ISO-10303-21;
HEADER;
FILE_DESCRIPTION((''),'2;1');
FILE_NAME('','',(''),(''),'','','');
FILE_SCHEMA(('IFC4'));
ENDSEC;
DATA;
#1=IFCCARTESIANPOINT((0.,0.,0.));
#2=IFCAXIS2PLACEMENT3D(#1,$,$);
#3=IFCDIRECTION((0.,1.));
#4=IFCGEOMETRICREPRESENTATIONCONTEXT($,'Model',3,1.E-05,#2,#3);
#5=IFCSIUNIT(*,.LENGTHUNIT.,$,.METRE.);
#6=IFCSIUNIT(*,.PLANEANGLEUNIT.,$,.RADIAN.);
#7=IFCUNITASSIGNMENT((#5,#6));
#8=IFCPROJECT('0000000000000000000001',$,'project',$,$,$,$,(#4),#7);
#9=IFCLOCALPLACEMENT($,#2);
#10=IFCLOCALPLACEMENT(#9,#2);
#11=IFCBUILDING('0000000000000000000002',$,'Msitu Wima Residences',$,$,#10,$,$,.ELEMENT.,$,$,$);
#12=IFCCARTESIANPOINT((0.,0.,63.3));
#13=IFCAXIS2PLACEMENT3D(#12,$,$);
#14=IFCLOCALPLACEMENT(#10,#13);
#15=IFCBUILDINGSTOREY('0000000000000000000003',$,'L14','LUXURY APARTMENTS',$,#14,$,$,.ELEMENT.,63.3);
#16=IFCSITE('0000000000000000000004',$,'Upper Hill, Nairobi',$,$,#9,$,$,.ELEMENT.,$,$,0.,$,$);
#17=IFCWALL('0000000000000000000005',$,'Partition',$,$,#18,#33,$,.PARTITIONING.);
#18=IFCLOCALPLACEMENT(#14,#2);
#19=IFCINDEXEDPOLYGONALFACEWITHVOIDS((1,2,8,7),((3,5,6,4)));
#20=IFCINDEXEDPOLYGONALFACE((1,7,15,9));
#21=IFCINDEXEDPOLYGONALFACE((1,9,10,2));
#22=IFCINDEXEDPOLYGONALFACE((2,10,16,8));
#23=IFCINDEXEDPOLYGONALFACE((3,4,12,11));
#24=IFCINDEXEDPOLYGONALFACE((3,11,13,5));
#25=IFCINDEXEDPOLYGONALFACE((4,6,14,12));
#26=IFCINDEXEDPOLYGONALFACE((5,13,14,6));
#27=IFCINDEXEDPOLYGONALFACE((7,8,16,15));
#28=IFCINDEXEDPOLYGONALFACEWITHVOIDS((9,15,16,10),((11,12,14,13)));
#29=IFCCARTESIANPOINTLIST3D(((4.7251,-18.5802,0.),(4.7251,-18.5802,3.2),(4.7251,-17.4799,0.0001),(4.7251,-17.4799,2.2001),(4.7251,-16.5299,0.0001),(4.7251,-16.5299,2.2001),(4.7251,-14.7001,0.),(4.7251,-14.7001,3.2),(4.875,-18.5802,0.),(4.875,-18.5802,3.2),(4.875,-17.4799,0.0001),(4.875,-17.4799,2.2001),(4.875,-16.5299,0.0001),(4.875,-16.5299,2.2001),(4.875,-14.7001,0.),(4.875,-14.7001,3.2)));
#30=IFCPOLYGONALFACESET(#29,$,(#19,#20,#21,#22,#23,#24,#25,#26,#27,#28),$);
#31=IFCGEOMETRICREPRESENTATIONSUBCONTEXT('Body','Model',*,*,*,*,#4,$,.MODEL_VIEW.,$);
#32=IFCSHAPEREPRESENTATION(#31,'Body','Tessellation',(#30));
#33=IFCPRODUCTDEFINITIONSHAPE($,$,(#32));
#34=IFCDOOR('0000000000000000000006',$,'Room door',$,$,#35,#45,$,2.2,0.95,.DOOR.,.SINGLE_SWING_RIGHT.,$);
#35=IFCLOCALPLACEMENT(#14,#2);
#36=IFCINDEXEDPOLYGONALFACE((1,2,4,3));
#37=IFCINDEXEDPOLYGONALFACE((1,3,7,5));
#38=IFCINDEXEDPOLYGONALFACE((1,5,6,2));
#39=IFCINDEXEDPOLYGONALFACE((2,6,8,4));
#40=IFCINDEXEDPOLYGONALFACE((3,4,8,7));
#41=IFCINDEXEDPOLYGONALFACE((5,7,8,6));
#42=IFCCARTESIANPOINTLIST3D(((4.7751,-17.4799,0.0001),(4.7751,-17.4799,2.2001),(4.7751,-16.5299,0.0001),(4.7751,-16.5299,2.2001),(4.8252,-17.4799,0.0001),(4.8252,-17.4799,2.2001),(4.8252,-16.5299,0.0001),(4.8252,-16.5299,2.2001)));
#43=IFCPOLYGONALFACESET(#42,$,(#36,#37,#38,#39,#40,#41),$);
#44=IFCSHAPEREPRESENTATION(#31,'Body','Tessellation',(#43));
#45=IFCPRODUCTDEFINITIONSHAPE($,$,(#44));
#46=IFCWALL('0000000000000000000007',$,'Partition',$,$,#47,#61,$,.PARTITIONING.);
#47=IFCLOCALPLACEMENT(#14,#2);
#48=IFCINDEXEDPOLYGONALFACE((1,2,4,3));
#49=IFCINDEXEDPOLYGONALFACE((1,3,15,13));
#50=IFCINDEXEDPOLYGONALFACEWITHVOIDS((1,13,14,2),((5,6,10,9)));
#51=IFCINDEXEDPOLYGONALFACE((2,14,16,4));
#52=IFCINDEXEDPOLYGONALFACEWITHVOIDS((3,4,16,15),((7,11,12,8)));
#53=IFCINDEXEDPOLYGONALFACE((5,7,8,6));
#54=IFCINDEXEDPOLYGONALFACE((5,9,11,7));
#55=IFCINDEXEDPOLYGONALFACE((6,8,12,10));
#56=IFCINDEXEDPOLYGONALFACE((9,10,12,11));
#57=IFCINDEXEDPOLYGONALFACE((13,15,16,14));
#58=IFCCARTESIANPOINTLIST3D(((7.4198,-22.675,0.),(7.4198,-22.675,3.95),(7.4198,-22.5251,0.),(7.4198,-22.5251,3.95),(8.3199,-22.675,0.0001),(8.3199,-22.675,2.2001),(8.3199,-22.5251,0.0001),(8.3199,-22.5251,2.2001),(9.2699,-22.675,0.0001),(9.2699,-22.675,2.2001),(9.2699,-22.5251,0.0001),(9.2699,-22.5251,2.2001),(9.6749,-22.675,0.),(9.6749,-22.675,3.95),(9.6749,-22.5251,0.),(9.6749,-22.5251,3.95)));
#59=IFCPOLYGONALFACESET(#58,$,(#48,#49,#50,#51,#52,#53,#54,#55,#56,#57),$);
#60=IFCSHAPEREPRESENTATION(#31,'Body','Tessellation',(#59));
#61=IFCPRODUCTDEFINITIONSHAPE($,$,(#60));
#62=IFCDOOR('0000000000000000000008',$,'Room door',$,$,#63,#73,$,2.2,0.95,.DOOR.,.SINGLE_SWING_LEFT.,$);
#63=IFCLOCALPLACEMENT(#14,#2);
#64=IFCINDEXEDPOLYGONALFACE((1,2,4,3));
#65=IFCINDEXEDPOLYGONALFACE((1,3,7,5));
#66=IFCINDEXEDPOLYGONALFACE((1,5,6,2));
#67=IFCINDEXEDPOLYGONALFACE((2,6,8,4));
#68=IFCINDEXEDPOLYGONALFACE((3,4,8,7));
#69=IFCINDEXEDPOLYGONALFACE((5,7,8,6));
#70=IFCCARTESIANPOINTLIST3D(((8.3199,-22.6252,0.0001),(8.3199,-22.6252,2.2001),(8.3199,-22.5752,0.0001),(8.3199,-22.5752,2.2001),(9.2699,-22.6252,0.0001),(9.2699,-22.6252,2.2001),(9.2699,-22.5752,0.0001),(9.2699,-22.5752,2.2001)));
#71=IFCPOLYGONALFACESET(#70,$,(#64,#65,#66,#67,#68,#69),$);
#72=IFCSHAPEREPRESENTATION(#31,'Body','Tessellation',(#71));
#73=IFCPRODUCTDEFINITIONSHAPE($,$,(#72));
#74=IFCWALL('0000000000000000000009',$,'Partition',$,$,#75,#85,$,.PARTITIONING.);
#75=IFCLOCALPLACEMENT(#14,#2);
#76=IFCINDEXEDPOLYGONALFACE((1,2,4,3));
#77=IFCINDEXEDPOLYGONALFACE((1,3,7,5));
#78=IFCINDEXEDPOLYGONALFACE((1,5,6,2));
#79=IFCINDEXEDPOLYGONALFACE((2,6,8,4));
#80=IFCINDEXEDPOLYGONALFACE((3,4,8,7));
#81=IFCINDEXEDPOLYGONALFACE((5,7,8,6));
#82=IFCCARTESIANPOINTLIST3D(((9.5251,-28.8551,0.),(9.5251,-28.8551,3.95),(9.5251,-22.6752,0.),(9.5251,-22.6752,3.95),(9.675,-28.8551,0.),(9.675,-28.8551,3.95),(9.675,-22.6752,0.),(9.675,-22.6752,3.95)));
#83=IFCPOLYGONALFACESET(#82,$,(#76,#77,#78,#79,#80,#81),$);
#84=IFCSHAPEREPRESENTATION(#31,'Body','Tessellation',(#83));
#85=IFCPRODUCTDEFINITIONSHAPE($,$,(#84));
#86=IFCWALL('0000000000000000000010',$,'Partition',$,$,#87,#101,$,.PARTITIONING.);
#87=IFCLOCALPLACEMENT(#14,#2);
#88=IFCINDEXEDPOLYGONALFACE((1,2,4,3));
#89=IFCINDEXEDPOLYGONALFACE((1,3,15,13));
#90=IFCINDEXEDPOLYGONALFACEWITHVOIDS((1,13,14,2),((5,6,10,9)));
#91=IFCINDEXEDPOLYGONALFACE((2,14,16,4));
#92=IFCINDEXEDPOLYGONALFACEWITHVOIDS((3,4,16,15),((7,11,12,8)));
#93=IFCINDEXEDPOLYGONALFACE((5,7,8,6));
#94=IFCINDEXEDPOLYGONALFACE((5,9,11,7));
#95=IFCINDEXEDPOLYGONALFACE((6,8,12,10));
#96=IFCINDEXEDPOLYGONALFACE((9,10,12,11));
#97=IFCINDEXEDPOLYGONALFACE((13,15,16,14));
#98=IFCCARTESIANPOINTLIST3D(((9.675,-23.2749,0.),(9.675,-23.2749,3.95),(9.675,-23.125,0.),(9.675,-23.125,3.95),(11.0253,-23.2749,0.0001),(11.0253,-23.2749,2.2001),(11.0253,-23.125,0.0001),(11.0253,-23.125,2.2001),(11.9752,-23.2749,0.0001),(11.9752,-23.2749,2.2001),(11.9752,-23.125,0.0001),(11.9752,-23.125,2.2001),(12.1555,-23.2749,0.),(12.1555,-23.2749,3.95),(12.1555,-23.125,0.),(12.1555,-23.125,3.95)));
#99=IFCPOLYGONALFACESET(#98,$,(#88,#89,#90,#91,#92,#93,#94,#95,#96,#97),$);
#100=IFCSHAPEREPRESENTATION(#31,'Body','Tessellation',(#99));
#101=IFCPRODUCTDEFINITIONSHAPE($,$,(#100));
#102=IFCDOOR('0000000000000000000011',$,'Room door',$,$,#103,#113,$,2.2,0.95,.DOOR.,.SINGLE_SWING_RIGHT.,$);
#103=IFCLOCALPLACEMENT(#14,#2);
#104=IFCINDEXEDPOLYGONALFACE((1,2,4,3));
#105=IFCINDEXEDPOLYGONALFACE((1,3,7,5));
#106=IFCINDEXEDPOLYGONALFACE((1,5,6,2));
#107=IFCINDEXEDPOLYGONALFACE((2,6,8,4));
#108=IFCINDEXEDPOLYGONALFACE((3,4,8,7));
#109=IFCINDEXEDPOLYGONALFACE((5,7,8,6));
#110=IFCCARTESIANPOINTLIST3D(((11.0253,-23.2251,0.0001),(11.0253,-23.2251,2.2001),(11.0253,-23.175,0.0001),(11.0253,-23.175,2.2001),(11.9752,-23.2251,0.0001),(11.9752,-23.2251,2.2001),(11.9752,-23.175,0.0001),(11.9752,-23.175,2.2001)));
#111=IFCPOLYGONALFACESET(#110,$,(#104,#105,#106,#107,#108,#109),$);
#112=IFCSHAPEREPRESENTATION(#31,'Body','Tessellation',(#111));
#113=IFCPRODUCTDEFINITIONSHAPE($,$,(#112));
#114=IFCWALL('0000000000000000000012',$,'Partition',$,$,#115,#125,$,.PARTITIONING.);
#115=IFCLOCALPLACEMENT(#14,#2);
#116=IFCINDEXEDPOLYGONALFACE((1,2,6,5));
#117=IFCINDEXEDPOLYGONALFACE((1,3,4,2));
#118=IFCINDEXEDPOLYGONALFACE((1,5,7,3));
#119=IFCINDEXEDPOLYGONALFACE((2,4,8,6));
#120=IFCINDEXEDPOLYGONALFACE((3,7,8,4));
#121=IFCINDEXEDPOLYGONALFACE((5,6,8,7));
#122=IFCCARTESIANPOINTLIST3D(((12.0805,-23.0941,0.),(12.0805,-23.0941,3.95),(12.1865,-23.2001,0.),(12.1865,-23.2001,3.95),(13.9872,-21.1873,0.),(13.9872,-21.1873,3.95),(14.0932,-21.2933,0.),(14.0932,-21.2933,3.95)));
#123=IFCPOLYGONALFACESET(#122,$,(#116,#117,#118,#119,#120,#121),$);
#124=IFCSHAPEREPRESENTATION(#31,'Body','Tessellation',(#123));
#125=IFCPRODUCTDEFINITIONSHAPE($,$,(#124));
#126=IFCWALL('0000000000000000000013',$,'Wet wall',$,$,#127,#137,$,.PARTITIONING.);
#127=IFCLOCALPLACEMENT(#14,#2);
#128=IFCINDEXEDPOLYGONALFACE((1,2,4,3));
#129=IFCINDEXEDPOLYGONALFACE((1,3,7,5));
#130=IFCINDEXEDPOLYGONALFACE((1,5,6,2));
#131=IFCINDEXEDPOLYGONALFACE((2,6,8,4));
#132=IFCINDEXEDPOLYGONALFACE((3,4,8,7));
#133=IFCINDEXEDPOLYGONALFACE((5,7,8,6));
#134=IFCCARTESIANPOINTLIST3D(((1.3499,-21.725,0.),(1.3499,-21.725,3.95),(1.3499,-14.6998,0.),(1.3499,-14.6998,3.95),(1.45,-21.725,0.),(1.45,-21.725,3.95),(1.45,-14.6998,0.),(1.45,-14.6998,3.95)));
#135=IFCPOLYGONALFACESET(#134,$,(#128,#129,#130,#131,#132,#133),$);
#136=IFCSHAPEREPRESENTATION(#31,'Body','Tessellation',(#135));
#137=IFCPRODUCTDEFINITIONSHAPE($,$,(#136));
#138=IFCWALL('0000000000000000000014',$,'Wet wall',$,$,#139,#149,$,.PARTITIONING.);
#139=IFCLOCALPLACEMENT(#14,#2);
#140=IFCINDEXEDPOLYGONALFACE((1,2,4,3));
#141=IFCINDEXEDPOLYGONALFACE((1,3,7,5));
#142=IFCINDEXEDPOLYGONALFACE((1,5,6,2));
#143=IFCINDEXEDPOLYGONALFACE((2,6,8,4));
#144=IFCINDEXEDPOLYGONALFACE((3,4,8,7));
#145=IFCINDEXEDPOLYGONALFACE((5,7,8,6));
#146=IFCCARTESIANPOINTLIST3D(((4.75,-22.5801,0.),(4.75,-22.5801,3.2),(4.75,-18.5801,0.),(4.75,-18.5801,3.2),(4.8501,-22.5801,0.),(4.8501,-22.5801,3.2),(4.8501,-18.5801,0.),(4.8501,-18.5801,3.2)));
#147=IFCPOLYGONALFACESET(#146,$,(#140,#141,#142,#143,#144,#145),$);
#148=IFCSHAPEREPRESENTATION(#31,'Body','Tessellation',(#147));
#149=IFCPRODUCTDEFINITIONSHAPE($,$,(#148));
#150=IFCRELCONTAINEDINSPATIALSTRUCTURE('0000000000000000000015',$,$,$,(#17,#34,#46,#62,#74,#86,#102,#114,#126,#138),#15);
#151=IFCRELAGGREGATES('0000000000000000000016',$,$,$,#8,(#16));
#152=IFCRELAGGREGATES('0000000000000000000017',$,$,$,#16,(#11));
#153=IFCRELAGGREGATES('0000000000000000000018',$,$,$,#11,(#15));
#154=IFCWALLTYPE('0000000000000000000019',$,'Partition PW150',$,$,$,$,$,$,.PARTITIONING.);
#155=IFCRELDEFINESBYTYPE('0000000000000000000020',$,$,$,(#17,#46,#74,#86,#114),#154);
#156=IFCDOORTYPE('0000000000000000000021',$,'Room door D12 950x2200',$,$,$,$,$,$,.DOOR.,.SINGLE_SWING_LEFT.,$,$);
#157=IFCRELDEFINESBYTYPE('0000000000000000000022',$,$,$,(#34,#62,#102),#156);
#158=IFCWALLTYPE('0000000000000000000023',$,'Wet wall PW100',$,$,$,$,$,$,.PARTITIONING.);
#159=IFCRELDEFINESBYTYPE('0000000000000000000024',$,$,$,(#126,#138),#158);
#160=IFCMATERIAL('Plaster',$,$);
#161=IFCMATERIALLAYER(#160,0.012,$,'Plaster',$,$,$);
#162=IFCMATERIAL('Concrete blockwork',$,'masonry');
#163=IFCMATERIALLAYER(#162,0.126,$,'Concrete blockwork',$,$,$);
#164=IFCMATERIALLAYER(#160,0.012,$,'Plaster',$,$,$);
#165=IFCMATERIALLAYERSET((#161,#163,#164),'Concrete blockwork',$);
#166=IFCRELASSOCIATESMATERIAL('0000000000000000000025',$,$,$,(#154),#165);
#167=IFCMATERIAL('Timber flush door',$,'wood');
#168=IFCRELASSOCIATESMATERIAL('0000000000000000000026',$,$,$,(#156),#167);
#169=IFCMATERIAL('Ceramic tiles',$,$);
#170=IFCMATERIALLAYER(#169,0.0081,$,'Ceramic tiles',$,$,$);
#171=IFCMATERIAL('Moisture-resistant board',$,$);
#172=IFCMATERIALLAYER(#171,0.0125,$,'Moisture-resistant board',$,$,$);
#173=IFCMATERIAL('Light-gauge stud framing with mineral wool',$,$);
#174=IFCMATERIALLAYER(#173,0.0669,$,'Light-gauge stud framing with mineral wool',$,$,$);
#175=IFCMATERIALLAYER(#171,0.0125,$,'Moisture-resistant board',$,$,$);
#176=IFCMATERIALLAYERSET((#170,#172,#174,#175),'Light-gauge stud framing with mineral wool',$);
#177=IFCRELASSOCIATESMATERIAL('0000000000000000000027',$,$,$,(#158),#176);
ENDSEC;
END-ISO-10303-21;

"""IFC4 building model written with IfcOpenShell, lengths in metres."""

from ifc_helpers import new_model, si_unit, direction, frame, frame_2d, origin, place, context, subcontext, project, spatial, rectangle, extrude, material, layer, layer_set, type_object, element, fill, save


model = new_model("IFC4")

# Units and contexts
model_context = context("Model", 3, precision=1e-05, world=origin(), true_north=direction((0.0, 1.0)))
body_context = subcontext(model_context, "Body", "Model", "MODEL_VIEW")
ifc_project = project(units=[si_unit("LENGTHUNIT", "METRE"), si_unit("PLANEANGLEUNIT", "RADIAN")], contexts=[model_context])

# Site, building, storey
site_placement = place(None, origin())
site = spatial("IfcSite", under=ifc_project, at=site_placement, Name="Upper Hill, Nairobi", CompositionType="ELEMENT", RefElevation=0.0)
building_placement = place(site_placement, origin())
building = spatial("IfcBuilding", under=site, at=building_placement, Name="Msitu Wima Residences", CompositionType="ELEMENT")
storey_placement = place(building_placement, frame((0.0, 0.0, 63.3)))
storey = spatial("IfcBuildingStorey", under=building, at=storey_placement, Name="L14", Description="LUXURY APARTMENTS", CompositionType="ELEMENT", Elevation=63.3)

# Shared definitions
ifc_material_1 = material(Name="Plaster")
ifc_layer_1 = layer(ifc_material_1, 0.012, Name="Plaster")
ifc_material_2 = material(Name="Concrete blockwork", Category="masonry")
ifc_layer_2 = layer(ifc_material_2, 0.126, Name="Concrete blockwork")
ifc_layer_3 = layer(ifc_material_1, 0.012, Name="Plaster")
ifc_layer_set_1 = layer_set([ifc_layer_1, ifc_layer_2, ifc_layer_3], Name="Concrete blockwork")
wall_type_1 = type_object("IfcWallType", Name="Partition PW150", PredefinedType="PARTITIONING", material=ifc_layer_set_1)

# Walls, openings, doors
ifc_material_3 = material(Name="Timber flush door", Category="wood")
door_type_1 = type_object("IfcDoorType", Name="Room door D12 950x2200", OperationType="SINGLE_SWING_LEFT", PredefinedType="DOOR", material=ifc_material_3)
wall_1_placement = place(storey_placement, frame((4.8, -18.5801, 0.0), z_axis=(0.0, 0.0, 1.0), x_axis=(0.0, 1.0, 0.0)))
wall_1 = element("IfcWall", 1, at=wall_1_placement, inside=storey, type_object=wall_type_1, Name="Partition", PredefinedType="PARTITIONING", context=body_context, shape_type="SweptSolid", body=[
    extrude(rectangle(XDim=3.8801, YDim=0.1499, at=frame_2d((1.9399, 0.0))), origin(), (0.0, 0.0, 1.0), 3.2),
])
opening_1_placement = place(wall_1_placement, frame((1.1001, 0.0, 0.0)))
opening_1 = element("IfcOpeningElement", 2, at=opening_1_placement, cuts=wall_1, PredefinedType="OPENING", context=body_context, shape_type="SweptSolid", body=[
    extrude(rectangle(XDim=0.95, YDim=2.2, at=frame_2d((0.4751, 1.1001))), frame((0.0, 0.085, 0.0), z_axis=(0.0, -1.0, 0.0), x_axis=(1.0, 0.0, 0.0)), (0.0, 0.0, 1.0), 0.1699),
])
door_1_placement = place(opening_1_placement, origin())
door_1 = element("IfcDoor", 3, at=door_1_placement, inside=storey, type_object=door_type_1, Name="Room door", OperationType="SINGLE_SWING_RIGHT", OverallHeight=2.2, OverallWidth=0.95, PredefinedType="DOOR", context=body_context, shape_type="SweptSolid", body=[
    extrude(rectangle(XDim=0.95, YDim=2.2, at=frame_2d((0.4751, 1.1001))), frame((0.0, 0.0249, 0.0), z_axis=(0.0, -1.0, 0.0), x_axis=(1.0, 0.0, 0.0)), (0.0, 0.0, 1.0), 0.05),
])
fill(opening_1, door_1)
wall_2_placement = place(storey_placement, frame((7.4199, -22.6001, 0.0), z_axis=(0.0, 0.0, 1.0), x_axis=(1.0, 0.0, 0.0)))
wall_2 = element("IfcWall", 4, at=wall_2_placement, inside=storey, type_object=wall_type_1, Name="Partition", PredefinedType="PARTITIONING", context=body_context, shape_type="SweptSolid", body=[
    extrude(rectangle(XDim=2.2551, YDim=0.1499, at=frame_2d((1.1274, 0.0))), origin(), (0.0, 0.0, 1.0), 3.95),
])
opening_2_placement = place(wall_2_placement, frame((0.8999, 0.0, 0.0)))
opening_2 = element("IfcOpeningElement", 5, at=opening_2_placement, cuts=wall_2, PredefinedType="OPENING", context=body_context, shape_type="SweptSolid", body=[
    extrude(rectangle(XDim=0.95, YDim=2.2, at=frame_2d((0.4751, 1.1001))), frame((0.0, 0.085, 0.0), z_axis=(0.0, -1.0, 0.0), x_axis=(1.0, 0.0, 0.0)), (0.0, 0.0, 1.0), 0.1699),
])
door_2_placement = place(opening_2_placement, origin())
door_2 = element("IfcDoor", 6, at=door_2_placement, inside=storey, type_object=door_type_1, Name="Room door", OperationType="SINGLE_SWING_LEFT", OverallHeight=2.2, OverallWidth=0.95, PredefinedType="DOOR", context=body_context, shape_type="SweptSolid", body=[
    extrude(rectangle(XDim=0.95, YDim=2.2, at=frame_2d((0.4751, 1.1001))), frame((0.0, 0.0249, 0.0), z_axis=(0.0, -1.0, 0.0), x_axis=(1.0, 0.0, 0.0)), (0.0, 0.0, 1.0), 0.05),
])
fill(opening_2, door_2)

# Wall
wall_3_placement = place(storey_placement, frame((9.6001, -28.855, 0.0), z_axis=(0.0, 0.0, 1.0), x_axis=(0.0, 1.0, 0.0)))
element("IfcWall", 7, at=wall_3_placement, inside=storey, type_object=wall_type_1, Name="Partition", PredefinedType="PARTITIONING", context=body_context, shape_type="SweptSolid", body=[
    extrude(rectangle(XDim=6.1799, YDim=0.1499, at=frame_2d((3.0898, 0.0))), origin(), (0.0, 0.0, 1.0), 3.95),
])

# Wall, opening, door
wall_4_placement = place(storey_placement, frame((9.675, -23.2, 0.0), z_axis=(0.0, 0.0, 1.0), x_axis=(1.0, 0.0, 0.0)))
wall_4 = element("IfcWall", 8, at=wall_4_placement, inside=storey, type_object=wall_type_1, Name="Partition", PredefinedType="PARTITIONING", context=body_context, shape_type="SweptSolid", body=[
    extrude(rectangle(XDim=2.4805, YDim=0.1499, at=frame_2d((1.2402, 0.0))), origin(), (0.0, 0.0, 1.0), 3.95),
])
opening_3_placement = place(wall_4_placement, frame((1.3501, 0.0, 0.0)))
opening_3 = element("IfcOpeningElement", 9, at=opening_3_placement, cuts=wall_4, PredefinedType="OPENING", context=body_context, shape_type="SweptSolid", body=[
    extrude(rectangle(XDim=0.95, YDim=2.2, at=frame_2d((0.4751, 1.1001))), frame((0.0, 0.085, 0.0), z_axis=(0.0, -1.0, 0.0), x_axis=(1.0, 0.0, 0.0)), (0.0, 0.0, 1.0), 0.1699),
])
door_3_placement = place(opening_3_placement, origin())
door_3 = element("IfcDoor", 10, at=door_3_placement, inside=storey, type_object=door_type_1, Name="Room door", OperationType="SINGLE_SWING_RIGHT", OverallHeight=2.2, OverallWidth=0.95, PredefinedType="DOOR", context=body_context, shape_type="SweptSolid", body=[
    extrude(rectangle(XDim=0.95, YDim=2.2, at=frame_2d((0.4751, 1.1001))), frame((0.0, 0.0249, 0.0), z_axis=(0.0, -1.0, 0.0), x_axis=(1.0, 0.0, 0.0)), (0.0, 0.0, 1.0), 0.05),
])
fill(opening_3, door_3)

# Walls
wall_5_placement = place(storey_placement, frame((12.1335, -23.147, 0.0), z_axis=(0.0, 0.0, 1.0), x_axis=(0.707107, 0.707107, 0.0)))
element("IfcWall", 11, at=wall_5_placement, inside=storey, type_object=wall_type_1, Name="Partition", PredefinedType="PARTITIONING", context=body_context, shape_type="SweptSolid", body=[
    extrude(rectangle(XDim=2.6965, YDim=0.1499, at=frame_2d((1.3481, 0.0))), origin(), (0.0, 0.0, 1.0), 3.95),
])
ifc_material_4 = material(Name="Ceramic tiles")
ifc_layer_4 = layer(ifc_material_4, 0.0081, Name="Ceramic tiles")
ifc_material_5 = material(Name="Moisture-resistant board")
ifc_layer_5 = layer(ifc_material_5, 0.0125, Name="Moisture-resistant board")
ifc_material_6 = material(Name="Light-gauge stud framing with mineral wool")
ifc_layer_6 = layer(ifc_material_6, 0.0669, Name="Light-gauge stud framing with mineral wool")
ifc_layer_7 = layer(ifc_material_5, 0.0125, Name="Moisture-resistant board")
ifc_layer_set_2 = layer_set([ifc_layer_4, ifc_layer_5, ifc_layer_6, ifc_layer_7], Name="Light-gauge stud framing with mineral wool")
wall_type_2 = type_object("IfcWallType", Name="Wet wall PW100", PredefinedType="PARTITIONING", material=ifc_layer_set_2)
wall_6_placement = place(storey_placement, frame((1.3999, -21.7251, 0.0), z_axis=(0.0, 0.0, 1.0), x_axis=(0.0, 1.0, 0.0)))
element("IfcWall", 12, at=wall_6_placement, inside=storey, type_object=wall_type_2, Name="Wet wall", PredefinedType="PARTITIONING", context=body_context, shape_type="SweptSolid", body=[
    extrude(rectangle(XDim=7.0251, YDim=0.1001, at=frame_2d((3.5127, 0.0))), origin(), (0.0, 0.0, 1.0), 3.95),
])
wall_7_placement = place(storey_placement, frame((4.8, -22.5801, 0.0), z_axis=(0.0, 0.0, 1.0), x_axis=(0.0, 1.0, 0.0)))
element("IfcWall", 13, at=wall_7_placement, inside=storey, type_object=wall_type_2, Name="Wet wall", PredefinedType="PARTITIONING", context=body_context, shape_type="SweptSolid", body=[
    extrude(rectangle(XDim=4.0, YDim=0.1001, at=frame_2d((2.0, 0.0))), origin(), (0.0, 0.0, 1.0), 3.2),
])

save(model, "model.ifc")
